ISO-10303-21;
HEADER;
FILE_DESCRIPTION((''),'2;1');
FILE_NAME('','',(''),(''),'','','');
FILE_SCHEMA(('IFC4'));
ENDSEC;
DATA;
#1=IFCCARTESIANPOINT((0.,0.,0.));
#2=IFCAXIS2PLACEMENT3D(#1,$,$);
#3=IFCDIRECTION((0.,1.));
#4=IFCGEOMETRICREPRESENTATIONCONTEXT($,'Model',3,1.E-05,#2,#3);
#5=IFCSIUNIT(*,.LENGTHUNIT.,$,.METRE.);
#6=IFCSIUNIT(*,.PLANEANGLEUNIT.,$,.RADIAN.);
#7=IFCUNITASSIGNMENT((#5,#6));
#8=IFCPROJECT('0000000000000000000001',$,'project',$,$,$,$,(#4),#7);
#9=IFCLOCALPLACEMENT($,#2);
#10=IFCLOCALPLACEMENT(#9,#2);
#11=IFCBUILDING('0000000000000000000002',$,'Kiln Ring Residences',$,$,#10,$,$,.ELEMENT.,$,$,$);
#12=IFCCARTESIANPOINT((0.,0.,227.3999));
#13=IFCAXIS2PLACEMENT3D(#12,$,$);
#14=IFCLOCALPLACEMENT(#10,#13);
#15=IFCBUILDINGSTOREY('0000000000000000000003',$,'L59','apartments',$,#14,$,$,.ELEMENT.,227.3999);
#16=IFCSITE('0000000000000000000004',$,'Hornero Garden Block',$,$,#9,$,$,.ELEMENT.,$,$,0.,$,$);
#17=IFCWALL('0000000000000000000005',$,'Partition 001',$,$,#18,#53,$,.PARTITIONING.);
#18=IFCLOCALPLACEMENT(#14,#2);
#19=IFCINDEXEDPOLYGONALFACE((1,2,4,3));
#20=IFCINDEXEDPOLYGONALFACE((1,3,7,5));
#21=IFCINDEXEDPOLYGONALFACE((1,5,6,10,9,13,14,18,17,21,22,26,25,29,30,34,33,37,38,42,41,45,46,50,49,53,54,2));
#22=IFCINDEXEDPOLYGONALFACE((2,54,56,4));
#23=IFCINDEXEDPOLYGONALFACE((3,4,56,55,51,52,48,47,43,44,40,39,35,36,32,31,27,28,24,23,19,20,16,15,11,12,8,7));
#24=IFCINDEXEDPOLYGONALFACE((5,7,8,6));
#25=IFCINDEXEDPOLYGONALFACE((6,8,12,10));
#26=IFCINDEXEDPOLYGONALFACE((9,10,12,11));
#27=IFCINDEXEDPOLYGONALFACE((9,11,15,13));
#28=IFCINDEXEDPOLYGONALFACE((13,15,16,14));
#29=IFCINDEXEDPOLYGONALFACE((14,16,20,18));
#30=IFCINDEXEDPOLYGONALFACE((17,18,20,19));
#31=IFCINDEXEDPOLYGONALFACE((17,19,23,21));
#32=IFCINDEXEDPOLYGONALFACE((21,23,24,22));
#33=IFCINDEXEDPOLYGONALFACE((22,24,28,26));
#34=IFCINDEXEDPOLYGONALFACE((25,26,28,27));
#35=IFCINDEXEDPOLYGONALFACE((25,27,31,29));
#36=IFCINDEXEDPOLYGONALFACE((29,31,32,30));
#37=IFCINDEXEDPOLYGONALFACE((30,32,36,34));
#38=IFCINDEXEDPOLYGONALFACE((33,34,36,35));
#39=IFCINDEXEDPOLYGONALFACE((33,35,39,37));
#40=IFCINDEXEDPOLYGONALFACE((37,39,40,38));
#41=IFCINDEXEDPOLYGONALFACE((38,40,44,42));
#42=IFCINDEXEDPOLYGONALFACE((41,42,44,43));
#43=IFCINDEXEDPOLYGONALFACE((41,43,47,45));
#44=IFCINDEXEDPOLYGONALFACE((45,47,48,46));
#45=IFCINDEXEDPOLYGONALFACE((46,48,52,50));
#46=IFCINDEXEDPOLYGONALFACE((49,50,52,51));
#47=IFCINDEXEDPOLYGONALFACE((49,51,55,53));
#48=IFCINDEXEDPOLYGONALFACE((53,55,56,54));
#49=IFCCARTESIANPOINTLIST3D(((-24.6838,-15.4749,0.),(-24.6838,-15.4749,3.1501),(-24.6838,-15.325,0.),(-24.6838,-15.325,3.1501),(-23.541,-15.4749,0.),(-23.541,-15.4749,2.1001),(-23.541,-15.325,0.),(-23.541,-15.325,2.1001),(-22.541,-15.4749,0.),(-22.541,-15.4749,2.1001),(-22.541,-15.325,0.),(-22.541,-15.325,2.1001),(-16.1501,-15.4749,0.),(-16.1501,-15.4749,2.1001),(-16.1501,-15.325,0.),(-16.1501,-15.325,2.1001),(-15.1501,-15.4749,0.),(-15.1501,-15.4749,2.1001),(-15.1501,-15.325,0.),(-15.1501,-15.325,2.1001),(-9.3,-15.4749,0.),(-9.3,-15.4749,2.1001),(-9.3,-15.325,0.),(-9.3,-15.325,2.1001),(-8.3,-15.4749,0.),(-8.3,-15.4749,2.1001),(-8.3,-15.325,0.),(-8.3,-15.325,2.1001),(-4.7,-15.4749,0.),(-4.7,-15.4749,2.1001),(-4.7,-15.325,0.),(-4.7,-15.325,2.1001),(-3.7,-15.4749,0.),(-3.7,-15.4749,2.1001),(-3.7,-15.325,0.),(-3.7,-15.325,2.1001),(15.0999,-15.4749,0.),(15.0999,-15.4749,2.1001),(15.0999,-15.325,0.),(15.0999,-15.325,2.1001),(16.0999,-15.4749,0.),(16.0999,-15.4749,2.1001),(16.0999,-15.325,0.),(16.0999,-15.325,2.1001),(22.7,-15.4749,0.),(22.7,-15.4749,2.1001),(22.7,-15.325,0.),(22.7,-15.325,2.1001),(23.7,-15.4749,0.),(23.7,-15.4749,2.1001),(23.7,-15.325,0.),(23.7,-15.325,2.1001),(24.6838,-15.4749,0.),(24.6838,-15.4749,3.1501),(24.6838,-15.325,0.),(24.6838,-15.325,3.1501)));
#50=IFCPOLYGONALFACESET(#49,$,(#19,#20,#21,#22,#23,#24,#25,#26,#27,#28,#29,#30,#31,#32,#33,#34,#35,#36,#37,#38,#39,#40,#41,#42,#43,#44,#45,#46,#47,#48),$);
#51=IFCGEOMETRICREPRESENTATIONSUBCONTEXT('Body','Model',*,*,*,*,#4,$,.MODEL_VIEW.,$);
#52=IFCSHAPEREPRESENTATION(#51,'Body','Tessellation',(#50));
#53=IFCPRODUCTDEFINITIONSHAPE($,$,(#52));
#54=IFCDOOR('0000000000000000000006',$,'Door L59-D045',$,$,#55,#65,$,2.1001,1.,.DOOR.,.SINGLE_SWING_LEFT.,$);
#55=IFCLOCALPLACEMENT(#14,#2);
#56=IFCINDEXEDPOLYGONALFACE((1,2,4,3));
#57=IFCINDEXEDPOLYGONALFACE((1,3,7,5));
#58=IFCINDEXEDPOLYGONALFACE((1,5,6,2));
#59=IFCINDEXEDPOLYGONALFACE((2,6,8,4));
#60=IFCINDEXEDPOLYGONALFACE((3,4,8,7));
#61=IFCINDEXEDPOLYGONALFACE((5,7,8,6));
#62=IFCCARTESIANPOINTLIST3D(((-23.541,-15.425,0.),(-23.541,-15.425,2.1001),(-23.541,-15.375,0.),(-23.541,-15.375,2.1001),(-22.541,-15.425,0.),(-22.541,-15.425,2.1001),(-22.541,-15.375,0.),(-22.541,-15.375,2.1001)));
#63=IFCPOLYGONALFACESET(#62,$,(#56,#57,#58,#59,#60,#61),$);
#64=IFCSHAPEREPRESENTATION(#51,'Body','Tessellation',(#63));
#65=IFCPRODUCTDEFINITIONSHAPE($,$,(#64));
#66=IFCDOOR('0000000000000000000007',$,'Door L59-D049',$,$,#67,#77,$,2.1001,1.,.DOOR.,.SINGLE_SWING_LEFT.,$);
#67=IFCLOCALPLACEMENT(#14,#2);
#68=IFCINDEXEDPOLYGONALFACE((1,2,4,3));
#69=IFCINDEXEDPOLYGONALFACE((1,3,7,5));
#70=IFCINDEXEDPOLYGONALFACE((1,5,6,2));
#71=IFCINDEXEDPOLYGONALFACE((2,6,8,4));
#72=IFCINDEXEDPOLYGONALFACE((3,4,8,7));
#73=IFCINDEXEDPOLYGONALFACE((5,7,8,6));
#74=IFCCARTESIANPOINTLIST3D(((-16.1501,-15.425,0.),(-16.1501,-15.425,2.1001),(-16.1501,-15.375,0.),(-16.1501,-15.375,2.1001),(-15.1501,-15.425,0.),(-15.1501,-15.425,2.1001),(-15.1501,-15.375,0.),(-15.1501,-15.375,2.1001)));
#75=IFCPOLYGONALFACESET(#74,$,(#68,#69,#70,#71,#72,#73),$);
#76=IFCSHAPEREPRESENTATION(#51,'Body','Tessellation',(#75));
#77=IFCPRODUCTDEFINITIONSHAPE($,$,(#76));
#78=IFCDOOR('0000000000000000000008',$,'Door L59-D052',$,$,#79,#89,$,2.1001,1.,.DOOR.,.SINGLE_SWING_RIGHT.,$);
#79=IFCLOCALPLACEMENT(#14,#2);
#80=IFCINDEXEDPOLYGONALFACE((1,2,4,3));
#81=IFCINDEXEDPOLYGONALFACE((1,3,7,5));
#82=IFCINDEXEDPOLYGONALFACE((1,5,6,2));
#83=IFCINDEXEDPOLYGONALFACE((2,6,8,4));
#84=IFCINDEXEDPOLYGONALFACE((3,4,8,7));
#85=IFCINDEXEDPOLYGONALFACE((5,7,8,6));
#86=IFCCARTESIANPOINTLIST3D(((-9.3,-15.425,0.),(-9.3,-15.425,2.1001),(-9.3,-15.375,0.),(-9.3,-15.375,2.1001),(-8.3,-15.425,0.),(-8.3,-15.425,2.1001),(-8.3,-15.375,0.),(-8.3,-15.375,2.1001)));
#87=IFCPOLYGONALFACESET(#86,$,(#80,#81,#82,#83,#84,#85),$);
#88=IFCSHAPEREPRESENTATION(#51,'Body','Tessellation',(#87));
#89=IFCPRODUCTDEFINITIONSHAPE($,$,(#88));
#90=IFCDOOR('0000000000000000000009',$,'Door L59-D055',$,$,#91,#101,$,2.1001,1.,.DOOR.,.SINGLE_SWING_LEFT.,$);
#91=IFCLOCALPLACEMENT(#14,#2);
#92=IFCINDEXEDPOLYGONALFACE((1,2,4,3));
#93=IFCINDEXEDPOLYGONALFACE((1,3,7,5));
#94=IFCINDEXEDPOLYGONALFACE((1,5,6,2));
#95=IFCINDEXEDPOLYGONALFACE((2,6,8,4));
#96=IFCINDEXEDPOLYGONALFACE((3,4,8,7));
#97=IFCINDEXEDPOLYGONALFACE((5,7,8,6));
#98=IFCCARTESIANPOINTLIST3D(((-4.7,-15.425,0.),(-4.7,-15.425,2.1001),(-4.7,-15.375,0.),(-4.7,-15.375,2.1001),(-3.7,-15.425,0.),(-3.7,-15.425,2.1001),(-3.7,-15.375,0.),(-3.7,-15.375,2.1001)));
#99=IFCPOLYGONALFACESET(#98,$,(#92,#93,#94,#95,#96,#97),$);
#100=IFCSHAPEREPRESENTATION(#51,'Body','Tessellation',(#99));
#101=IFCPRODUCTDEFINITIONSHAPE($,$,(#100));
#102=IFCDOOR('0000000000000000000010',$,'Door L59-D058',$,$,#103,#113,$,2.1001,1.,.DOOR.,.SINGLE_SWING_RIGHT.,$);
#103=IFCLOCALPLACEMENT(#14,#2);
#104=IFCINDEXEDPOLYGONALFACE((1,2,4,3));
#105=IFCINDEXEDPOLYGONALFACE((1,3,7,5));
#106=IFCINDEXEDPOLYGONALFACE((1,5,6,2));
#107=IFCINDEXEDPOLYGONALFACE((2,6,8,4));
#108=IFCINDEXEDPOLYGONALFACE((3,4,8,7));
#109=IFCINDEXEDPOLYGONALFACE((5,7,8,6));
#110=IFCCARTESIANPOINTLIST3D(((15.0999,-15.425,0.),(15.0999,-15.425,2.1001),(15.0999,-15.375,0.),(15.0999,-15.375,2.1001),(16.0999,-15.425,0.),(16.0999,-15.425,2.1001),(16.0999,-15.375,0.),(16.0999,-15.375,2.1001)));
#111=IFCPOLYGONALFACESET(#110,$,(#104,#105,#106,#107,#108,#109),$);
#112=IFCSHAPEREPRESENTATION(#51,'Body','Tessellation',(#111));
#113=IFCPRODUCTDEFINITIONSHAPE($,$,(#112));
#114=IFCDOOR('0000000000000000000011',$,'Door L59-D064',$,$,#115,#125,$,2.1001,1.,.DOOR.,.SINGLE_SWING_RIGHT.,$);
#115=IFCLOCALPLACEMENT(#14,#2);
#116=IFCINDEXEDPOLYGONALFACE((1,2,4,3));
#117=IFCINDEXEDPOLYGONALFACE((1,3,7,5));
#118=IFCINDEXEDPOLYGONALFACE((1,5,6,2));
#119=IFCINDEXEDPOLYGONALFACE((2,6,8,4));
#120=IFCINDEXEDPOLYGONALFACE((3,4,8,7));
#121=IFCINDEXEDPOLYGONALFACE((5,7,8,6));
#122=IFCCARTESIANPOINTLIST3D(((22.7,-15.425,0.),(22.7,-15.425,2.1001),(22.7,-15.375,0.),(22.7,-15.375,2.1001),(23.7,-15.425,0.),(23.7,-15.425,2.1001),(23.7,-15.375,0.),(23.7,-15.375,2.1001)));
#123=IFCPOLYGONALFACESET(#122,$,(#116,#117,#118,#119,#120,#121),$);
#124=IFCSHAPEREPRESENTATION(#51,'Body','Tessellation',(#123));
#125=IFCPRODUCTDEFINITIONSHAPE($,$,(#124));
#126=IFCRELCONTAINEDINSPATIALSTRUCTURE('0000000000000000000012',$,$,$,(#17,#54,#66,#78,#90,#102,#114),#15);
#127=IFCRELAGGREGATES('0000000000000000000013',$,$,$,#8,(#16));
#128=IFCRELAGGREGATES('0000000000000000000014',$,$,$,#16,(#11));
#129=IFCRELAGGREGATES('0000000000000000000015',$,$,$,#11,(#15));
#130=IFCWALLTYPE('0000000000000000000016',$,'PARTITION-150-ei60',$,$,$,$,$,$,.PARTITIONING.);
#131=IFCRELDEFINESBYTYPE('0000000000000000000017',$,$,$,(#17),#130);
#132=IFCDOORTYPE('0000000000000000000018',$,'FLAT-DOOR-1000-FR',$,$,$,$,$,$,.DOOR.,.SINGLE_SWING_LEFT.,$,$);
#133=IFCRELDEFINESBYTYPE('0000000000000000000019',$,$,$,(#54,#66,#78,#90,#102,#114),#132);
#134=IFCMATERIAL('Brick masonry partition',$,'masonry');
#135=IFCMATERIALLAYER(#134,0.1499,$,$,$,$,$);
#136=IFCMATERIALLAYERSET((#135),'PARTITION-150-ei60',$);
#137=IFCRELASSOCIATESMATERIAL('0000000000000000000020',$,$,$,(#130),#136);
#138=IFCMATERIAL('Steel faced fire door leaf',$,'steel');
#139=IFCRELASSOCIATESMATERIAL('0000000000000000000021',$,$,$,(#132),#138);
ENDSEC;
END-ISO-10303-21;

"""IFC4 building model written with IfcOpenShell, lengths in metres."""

from ifc_helpers import new_model, si_unit, direction, frame, frame_2d, origin, place, context, subcontext, project, spatial, rectangle, extrude, material, layer, layer_set, type_object, element, fill, save


model = new_model("IFC4")

# Units and contexts
model_context = context("Model", 3, precision=1e-05, world=origin(), true_north=direction((0.0, 1.0)))
body_context = subcontext(model_context, "Body", "Model", "MODEL_VIEW")
ifc_project = project(units=[si_unit("LENGTHUNIT", "METRE"), si_unit("PLANEANGLEUNIT", "RADIAN")], contexts=[model_context])

# Site, building, storey
site_placement = place(None, origin())
site = spatial("IfcSite", under=ifc_project, at=site_placement, Name="Hornero Garden Block", CompositionType="ELEMENT", RefElevation=0.0)
building_placement = place(site_placement, origin())
building = spatial("IfcBuilding", under=site, at=building_placement, Name="Kiln Ring Residences", CompositionType="ELEMENT")
storey_placement = place(building_placement, frame((0.0, 0.0, 227.3999)))
storey = spatial("IfcBuildingStorey", under=building, at=storey_placement, Name="L59", Description="apartments", CompositionType="ELEMENT", Elevation=227.3999)

# Wall, openings, doors
ifc_material_1 = material(Name="Brick masonry partition", Category="masonry")
ifc_layer_1 = layer(ifc_material_1, 0.1499)
ifc_layer_set_1 = layer_set([ifc_layer_1], Name="PARTITION-150-ei60")
wall_type_1 = type_object("IfcWallType", Name="PARTITION-150-ei60", PredefinedType="PARTITIONING", material=ifc_layer_set_1)
wall_placement = place(storey_placement, frame((-24.6838, -15.3999, 0.0), z_axis=(0.0, 0.0, 1.0), x_axis=(1.0, 0.0, 0.0)))
wall = element("IfcWall", 1, at=wall_placement, inside=storey, type_object=wall_type_1, Name="Partition 001", PredefinedType="PARTITIONING", context=body_context, shape_type="SweptSolid", body=[
    extrude(rectangle(XDim=49.3677, YDim=0.1499, at=frame_2d((24.6838, 0.0))), origin(), (0.0, 0.0, 1.0), 3.1501),
])
opening_1_placement = place(wall_placement, frame((1.1428, 0.0, 0.0)))
opening_1 = element("IfcOpeningElement", 2, at=opening_1_placement, cuts=wall, PredefinedType="OPENING", context=body_context, shape_type="SweptSolid", body=[
    extrude(rectangle(XDim=1.0, YDim=2.1001, at=frame_2d((0.5, 1.05))), frame((0.0, 0.085, 0.0), z_axis=(0.0, -1.0, 0.0), x_axis=(1.0, 0.0, 0.0)), (0.0, 0.0, 1.0), 0.1699),
])
opening_2_placement = place(wall_placement, frame((8.5337, 0.0, 0.0)))
opening_2 = element("IfcOpeningElement", 3, at=opening_2_placement, cuts=wall, PredefinedType="OPENING", context=body_context, shape_type="SweptSolid", body=[
    extrude(rectangle(XDim=1.0, YDim=2.1001, at=frame_2d((0.5, 1.05))), frame((0.0, 0.085, 0.0), z_axis=(0.0, -1.0, 0.0), x_axis=(1.0, 0.0, 0.0)), (0.0, 0.0, 1.0), 0.1699),
])
opening_3_placement = place(wall_placement, frame((15.3838, 0.0, 0.0)))
opening_3 = element("IfcOpeningElement", 4, at=opening_3_placement, cuts=wall, PredefinedType="OPENING", context=body_context, shape_type="SweptSolid", body=[
    extrude(rectangle(XDim=1.0, YDim=2.1001, at=frame_2d((0.5, 1.05))), frame((0.0, 0.085, 0.0), z_axis=(0.0, -1.0, 0.0), x_axis=(1.0, 0.0, 0.0)), (0.0, 0.0, 1.0), 0.1699),
])
opening_4_placement = place(wall_placement, frame((19.9839, 0.0, 0.0)))
opening_4 = element("IfcOpeningElement", 5, at=opening_4_placement, cuts=wall, PredefinedType="OPENING", context=body_context, shape_type="SweptSolid", body=[
    extrude(rectangle(XDim=1.0, YDim=2.1001, at=frame_2d((0.5, 1.05))), frame((0.0, 0.085, 0.0), z_axis=(0.0, -1.0, 0.0), x_axis=(1.0, 0.0, 0.0)), (0.0, 0.0, 1.0), 0.1699),
])
opening_5_placement = place(wall_placement, frame((39.7837, 0.0, 0.0)))
opening_5 = element("IfcOpeningElement", 6, at=opening_5_placement, cuts=wall, PredefinedType="OPENING", context=body_context, shape_type="SweptSolid", body=[
    extrude(rectangle(XDim=1.0, YDim=2.1001, at=frame_2d((0.5, 1.05))), frame((0.0, 0.085, 0.0), z_axis=(0.0, -1.0, 0.0), x_axis=(1.0, 0.0, 0.0)), (0.0, 0.0, 1.0), 0.1699),
])
opening_6_placement = place(wall_placement, frame((47.3838, 0.0, 0.0)))
opening_6 = element("IfcOpeningElement", 7, at=opening_6_placement, cuts=wall, PredefinedType="OPENING", context=body_context, shape_type="SweptSolid", body=[
    extrude(rectangle(XDim=1.0, YDim=2.1001, at=frame_2d((0.5, 1.05))), frame((0.0, 0.085, 0.0), z_axis=(0.0, -1.0, 0.0), x_axis=(1.0, 0.0, 0.0)), (0.0, 0.0, 1.0), 0.1699),
])
ifc_material_2 = material(Name="Steel faced fire door leaf", Category="steel")
door_type = type_object("IfcDoorType", Name="FLAT-DOOR-1000-FR", OperationType="SINGLE_SWING_LEFT", PredefinedType="DOOR", material=ifc_material_2)
door_1_placement = place(opening_1_placement, origin())
door_1 = element("IfcDoor", 8, at=door_1_placement, inside=storey, type_object=door_type, Name="Door L59-D045", OperationType="SINGLE_SWING_LEFT", OverallHeight=2.1001, OverallWidth=1.0, PredefinedType="DOOR", context=body_context, shape_type="SweptSolid", body=[
    extrude(rectangle(XDim=1.0, YDim=2.1001, at=frame_2d((0.5, 1.05))), frame((0.0, 0.0249, 0.0), z_axis=(0.0, -1.0, 0.0), x_axis=(1.0, 0.0, 0.0)), (0.0, 0.0, 1.0), 0.05),
])
fill(opening_1, door_1)
door_2_placement = place(opening_2_placement, origin())
door_2 = element("IfcDoor", 9, at=door_2_placement, inside=storey, type_object=door_type, Name="Door L59-D049", OperationType="SINGLE_SWING_LEFT", OverallHeight=2.1001, OverallWidth=1.0, PredefinedType="DOOR", context=body_context, shape_type="SweptSolid", body=[
    extrude(rectangle(XDim=1.0, YDim=2.1001, at=frame_2d((0.5, 1.05))), frame((0.0, 0.0249, 0.0), z_axis=(0.0, -1.0, 0.0), x_axis=(1.0, 0.0, 0.0)), (0.0, 0.0, 1.0), 0.05),
])
fill(opening_2, door_2)
door_3_placement = place(opening_3_placement, origin())
door_3 = element("IfcDoor", 10, at=door_3_placement, inside=storey, type_object=door_type, Name="Door L59-D052", OperationType="SINGLE_SWING_RIGHT", OverallHeight=2.1001, OverallWidth=1.0, PredefinedType="DOOR", context=body_context, shape_type="SweptSolid", body=[
    extrude(rectangle(XDim=1.0, YDim=2.1001, at=frame_2d((0.5, 1.05))), frame((0.0, 0.0249, 0.0), z_axis=(0.0, -1.0, 0.0), x_axis=(1.0, 0.0, 0.0)), (0.0, 0.0, 1.0), 0.05),
])
fill(opening_3, door_3)
door_4_placement = place(opening_4_placement, origin())
door_4 = element("IfcDoor", 11, at=door_4_placement, inside=storey, type_object=door_type, Name="Door L59-D055", OperationType="SINGLE_SWING_LEFT", OverallHeight=2.1001, OverallWidth=1.0, PredefinedType="DOOR", context=body_context, shape_type="SweptSolid", body=[
    extrude(rectangle(XDim=1.0, YDim=2.1001, at=frame_2d((0.5, 1.05))), frame((0.0, 0.0249, 0.0), z_axis=(0.0, -1.0, 0.0), x_axis=(1.0, 0.0, 0.0)), (0.0, 0.0, 1.0), 0.05),
])
fill(opening_4, door_4)
door_5_placement = place(opening_5_placement, origin())
door_5 = element("IfcDoor", 12, at=door_5_placement, inside=storey, type_object=door_type, Name="Door L59-D058", OperationType="SINGLE_SWING_RIGHT", OverallHeight=2.1001, OverallWidth=1.0, PredefinedType="DOOR", context=body_context, shape_type="SweptSolid", body=[
    extrude(rectangle(XDim=1.0, YDim=2.1001, at=frame_2d((0.5, 1.05))), frame((0.0, 0.0249, 0.0), z_axis=(0.0, -1.0, 0.0), x_axis=(1.0, 0.0, 0.0)), (0.0, 0.0, 1.0), 0.05),
])
fill(opening_5, door_5)
door_6_placement = place(opening_6_placement, origin())
door_6 = element("IfcDoor", 13, at=door_6_placement, inside=storey, type_object=door_type, Name="Door L59-D064", OperationType="SINGLE_SWING_RIGHT", OverallHeight=2.1001, OverallWidth=1.0, PredefinedType="DOOR", context=body_context, shape_type="SweptSolid", body=[
    extrude(rectangle(XDim=1.0, YDim=2.1001, at=frame_2d((0.5, 1.05))), frame((0.0, 0.0249, 0.0), z_axis=(0.0, -1.0, 0.0), x_axis=(1.0, 0.0, 0.0)), (0.0, 0.0, 1.0), 0.05),
])
fill(opening_6, door_6)

save(model, "model.ifc")
